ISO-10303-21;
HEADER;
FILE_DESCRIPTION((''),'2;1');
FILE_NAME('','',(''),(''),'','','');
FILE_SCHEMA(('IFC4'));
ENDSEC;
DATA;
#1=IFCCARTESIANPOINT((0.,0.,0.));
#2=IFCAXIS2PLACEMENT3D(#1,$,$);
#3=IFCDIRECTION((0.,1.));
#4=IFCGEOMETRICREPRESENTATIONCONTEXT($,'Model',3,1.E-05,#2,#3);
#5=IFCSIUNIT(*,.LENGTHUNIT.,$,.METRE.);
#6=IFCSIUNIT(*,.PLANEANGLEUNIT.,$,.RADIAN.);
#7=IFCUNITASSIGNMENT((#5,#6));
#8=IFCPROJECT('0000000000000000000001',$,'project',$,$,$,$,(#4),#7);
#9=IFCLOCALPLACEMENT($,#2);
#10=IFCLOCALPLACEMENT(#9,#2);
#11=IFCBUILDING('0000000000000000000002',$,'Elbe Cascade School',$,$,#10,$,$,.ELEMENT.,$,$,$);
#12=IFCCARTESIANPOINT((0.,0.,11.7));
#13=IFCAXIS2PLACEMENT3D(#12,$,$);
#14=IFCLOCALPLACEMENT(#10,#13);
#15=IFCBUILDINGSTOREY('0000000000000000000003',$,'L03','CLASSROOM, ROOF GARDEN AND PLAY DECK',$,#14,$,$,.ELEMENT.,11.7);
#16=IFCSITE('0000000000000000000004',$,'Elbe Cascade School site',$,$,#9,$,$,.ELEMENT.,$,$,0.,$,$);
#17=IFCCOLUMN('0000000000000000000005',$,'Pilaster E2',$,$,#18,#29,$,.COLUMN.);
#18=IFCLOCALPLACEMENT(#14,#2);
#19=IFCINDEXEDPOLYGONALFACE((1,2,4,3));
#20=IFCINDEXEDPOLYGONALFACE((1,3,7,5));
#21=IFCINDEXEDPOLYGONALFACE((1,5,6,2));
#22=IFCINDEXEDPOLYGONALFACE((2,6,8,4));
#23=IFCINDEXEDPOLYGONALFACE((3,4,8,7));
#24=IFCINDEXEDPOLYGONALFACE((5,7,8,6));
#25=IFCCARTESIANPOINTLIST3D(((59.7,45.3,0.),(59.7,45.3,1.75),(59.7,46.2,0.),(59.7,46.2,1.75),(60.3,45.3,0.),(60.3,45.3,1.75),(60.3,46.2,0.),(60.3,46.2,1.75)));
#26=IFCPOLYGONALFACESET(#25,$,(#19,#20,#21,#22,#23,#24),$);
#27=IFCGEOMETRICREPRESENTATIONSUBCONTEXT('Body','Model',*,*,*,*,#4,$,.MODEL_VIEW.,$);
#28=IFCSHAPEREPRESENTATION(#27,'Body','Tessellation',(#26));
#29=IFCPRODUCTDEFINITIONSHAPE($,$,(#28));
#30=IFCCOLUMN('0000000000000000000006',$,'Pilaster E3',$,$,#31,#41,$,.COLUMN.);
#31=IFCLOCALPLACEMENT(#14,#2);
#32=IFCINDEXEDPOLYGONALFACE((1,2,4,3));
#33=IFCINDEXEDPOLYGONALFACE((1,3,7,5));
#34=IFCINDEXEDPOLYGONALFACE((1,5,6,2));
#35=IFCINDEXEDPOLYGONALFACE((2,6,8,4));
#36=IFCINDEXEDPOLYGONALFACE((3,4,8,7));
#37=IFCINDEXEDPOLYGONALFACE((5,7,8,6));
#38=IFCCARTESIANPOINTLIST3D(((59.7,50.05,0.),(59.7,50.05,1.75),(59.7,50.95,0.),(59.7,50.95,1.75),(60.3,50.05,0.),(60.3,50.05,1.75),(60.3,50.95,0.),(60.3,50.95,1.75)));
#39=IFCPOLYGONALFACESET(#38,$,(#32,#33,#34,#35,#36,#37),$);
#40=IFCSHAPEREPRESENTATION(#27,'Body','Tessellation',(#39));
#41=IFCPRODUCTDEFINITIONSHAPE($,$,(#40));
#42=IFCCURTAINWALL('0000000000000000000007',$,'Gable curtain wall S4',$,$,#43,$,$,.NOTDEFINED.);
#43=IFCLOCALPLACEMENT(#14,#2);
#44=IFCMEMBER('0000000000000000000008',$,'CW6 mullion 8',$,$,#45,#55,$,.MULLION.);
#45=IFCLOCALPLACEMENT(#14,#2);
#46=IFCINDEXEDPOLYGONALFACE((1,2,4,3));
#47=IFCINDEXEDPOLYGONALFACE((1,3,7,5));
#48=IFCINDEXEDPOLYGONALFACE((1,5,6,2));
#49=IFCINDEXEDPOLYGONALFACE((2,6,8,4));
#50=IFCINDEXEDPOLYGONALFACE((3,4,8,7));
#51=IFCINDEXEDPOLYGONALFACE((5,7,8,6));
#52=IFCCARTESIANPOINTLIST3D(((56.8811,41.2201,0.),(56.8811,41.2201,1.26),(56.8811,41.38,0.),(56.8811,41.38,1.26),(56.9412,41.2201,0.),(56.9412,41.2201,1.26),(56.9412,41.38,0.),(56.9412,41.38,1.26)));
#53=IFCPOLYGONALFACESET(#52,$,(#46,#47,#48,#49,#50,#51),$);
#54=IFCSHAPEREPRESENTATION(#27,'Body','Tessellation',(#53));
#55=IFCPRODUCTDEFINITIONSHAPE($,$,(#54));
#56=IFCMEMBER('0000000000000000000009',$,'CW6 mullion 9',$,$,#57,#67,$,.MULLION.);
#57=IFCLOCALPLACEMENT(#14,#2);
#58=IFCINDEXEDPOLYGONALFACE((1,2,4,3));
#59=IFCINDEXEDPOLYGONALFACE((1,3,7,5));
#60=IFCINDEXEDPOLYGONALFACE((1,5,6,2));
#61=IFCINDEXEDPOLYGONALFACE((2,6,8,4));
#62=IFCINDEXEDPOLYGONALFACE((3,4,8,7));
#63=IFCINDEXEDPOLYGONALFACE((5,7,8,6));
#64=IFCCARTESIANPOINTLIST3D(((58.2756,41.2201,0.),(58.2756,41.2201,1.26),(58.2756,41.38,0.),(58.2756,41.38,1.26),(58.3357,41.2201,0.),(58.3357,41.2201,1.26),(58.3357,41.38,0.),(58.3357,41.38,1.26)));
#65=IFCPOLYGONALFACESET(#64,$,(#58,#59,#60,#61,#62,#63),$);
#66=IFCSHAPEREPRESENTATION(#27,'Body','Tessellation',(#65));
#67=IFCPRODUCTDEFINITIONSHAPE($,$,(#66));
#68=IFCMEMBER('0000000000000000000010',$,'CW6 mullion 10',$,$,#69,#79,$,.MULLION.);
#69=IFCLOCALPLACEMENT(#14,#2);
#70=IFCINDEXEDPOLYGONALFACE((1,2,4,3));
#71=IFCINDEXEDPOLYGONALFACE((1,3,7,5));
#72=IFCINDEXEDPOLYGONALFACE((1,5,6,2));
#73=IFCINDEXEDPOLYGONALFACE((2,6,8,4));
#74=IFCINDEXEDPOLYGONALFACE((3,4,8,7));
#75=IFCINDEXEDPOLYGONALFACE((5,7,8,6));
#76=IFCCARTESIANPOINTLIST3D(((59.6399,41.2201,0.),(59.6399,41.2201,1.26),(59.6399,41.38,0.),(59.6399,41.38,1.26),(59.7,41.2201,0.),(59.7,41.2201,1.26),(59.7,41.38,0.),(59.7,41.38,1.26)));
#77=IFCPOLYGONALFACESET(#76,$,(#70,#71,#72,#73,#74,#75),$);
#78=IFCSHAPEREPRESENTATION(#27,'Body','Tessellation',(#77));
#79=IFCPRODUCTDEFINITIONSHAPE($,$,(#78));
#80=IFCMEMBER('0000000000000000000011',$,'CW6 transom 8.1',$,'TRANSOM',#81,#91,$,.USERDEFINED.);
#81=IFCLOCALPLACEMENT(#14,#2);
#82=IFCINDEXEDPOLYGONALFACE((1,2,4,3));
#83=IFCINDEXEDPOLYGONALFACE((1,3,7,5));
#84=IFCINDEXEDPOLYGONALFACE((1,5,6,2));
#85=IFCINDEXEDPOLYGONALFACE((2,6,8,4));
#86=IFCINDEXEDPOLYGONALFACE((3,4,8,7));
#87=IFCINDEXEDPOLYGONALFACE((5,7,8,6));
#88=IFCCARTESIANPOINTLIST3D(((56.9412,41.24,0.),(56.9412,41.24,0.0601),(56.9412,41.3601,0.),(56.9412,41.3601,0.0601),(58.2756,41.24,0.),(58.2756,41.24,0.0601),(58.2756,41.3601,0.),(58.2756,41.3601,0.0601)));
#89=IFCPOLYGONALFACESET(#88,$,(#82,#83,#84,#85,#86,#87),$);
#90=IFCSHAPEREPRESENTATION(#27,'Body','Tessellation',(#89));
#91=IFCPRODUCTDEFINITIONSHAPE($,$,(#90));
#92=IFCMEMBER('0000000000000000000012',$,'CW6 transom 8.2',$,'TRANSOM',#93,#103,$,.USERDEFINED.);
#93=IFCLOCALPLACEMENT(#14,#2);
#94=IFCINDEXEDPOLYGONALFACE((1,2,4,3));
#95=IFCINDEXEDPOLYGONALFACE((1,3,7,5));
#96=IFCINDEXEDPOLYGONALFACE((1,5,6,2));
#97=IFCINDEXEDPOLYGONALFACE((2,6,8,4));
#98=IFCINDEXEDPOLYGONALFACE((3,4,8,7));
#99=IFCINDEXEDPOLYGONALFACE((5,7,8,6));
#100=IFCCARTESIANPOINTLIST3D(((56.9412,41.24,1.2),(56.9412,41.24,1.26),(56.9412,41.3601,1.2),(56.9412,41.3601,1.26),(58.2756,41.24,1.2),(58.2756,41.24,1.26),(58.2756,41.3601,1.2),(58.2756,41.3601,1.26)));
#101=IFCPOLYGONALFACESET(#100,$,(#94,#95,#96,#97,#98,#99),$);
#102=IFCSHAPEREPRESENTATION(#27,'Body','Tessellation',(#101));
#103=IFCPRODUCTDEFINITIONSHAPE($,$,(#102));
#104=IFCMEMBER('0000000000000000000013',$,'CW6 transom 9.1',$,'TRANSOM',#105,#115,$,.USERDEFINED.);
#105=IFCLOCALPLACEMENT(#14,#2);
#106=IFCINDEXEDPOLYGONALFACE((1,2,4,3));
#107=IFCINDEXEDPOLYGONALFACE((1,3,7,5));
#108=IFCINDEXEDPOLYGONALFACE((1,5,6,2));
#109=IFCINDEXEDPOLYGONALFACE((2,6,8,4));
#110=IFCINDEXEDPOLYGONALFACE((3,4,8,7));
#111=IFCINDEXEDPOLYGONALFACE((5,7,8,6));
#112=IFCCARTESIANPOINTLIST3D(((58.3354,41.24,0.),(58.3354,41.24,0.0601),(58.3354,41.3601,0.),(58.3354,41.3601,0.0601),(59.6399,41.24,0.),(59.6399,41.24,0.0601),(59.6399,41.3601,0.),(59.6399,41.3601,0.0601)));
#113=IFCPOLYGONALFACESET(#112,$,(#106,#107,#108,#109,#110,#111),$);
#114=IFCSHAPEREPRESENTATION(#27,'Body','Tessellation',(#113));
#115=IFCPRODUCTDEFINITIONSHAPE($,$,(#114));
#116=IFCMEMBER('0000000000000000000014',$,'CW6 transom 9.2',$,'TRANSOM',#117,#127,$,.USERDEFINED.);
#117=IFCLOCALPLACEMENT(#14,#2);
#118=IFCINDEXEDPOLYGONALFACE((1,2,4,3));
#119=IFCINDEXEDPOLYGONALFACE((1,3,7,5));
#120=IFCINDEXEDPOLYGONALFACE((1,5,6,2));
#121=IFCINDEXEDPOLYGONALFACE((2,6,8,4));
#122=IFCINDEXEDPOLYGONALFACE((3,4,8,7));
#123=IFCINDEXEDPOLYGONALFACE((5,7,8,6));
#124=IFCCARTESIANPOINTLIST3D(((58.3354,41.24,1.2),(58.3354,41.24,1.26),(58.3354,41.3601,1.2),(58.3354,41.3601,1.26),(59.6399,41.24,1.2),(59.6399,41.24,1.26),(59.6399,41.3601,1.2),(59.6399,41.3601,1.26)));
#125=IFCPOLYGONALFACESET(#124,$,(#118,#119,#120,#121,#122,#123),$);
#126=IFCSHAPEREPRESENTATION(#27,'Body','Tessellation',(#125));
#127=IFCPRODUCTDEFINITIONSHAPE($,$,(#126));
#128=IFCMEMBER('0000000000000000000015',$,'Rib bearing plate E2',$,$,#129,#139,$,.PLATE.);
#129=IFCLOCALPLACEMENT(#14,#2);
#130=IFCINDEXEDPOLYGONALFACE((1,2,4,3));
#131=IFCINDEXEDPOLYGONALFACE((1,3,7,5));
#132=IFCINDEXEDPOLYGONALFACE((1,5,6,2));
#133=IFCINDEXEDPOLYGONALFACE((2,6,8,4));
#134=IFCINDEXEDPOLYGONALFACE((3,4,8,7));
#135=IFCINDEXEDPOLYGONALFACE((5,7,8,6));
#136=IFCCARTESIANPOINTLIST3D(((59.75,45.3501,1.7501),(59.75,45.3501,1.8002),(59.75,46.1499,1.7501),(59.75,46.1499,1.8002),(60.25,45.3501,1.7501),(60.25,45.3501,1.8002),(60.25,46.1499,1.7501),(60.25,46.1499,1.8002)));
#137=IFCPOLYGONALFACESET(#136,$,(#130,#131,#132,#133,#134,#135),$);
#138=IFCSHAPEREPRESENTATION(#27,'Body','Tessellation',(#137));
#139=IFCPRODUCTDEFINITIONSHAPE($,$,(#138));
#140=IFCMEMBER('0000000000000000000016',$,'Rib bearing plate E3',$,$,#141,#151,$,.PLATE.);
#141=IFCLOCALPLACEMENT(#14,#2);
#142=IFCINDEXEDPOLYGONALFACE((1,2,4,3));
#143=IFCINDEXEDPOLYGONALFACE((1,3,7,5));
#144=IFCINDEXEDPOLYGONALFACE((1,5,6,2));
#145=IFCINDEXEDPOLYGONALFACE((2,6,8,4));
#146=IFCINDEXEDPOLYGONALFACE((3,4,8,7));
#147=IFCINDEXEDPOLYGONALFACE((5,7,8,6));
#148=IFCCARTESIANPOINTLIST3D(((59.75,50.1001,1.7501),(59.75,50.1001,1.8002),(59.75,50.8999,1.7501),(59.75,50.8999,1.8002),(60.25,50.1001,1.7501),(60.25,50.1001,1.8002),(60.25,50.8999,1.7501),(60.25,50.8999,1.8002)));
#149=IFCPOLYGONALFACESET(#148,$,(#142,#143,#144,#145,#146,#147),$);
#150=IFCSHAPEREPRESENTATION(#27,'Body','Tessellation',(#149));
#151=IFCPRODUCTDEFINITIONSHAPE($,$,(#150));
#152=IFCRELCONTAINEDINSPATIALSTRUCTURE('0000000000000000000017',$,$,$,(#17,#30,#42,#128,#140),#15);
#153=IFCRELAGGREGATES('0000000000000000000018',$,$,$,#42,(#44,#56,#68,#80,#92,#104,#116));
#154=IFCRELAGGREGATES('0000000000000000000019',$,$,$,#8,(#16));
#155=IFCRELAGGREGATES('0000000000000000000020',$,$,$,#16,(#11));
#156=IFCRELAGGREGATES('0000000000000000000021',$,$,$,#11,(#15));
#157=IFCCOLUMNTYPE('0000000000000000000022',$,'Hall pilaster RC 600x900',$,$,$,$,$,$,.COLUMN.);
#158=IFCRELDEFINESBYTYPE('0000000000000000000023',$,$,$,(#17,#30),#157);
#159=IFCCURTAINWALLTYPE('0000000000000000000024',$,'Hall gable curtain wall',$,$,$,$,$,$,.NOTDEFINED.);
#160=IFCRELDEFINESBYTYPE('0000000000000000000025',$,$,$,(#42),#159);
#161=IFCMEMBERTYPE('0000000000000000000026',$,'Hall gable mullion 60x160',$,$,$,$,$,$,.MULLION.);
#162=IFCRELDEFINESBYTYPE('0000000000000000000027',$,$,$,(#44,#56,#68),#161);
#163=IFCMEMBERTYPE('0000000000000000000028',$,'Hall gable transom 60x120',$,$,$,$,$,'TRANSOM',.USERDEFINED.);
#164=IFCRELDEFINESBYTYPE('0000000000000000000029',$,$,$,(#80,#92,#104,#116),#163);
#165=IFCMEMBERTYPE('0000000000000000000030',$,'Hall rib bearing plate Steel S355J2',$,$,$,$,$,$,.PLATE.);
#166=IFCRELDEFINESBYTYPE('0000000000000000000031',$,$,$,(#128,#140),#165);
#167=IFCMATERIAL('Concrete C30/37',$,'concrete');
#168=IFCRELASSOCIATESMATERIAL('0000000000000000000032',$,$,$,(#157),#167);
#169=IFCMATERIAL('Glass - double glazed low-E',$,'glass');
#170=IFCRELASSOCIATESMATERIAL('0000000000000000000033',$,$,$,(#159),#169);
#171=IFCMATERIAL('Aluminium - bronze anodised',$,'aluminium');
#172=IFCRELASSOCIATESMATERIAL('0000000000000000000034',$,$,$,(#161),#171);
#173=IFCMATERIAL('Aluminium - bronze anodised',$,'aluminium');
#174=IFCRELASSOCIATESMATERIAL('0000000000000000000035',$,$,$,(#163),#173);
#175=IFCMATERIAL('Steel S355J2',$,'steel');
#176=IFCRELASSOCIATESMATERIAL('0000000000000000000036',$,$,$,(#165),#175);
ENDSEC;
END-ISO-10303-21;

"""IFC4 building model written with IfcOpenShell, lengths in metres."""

from ifc_helpers import new_model, si_unit, direction, frame, origin, origin_2d, place, context, subcontext, project, spatial, rectangle, extrude, material, material_profile, profile_set, type_object, element, aggregate, save


model = new_model("IFC4")

# Units and contexts
model_context = context("Model", 3, precision=1e-05, world=origin(), true_north=direction((0.0, 1.0)))
body_context = subcontext(model_context, "Body", "Model", "MODEL_VIEW")
ifc_project = project(units=[si_unit("LENGTHUNIT", "METRE"), si_unit("PLANEANGLEUNIT", "RADIAN")], contexts=[model_context])

# Site, building, storey
site_placement = place(None, origin())
site = spatial("IfcSite", under=ifc_project, at=site_placement, Name="Elbe Cascade School site", CompositionType="ELEMENT", RefElevation=0.0)
building_placement = place(site_placement, origin())
building = spatial("IfcBuilding", under=site, at=building_placement, Name="Elbe Cascade School", CompositionType="ELEMENT")
storey_placement = place(building_placement, frame((0.0, 0.0, 11.7)))
storey = spatial("IfcBuildingStorey", under=building, at=storey_placement, Name="L03", Description="CLASSROOM, ROOF GARDEN AND PLAY DECK", CompositionType="ELEMENT", Elevation=11.7)

# Columns
ifc_material_1 = material(Name="Concrete C30/37", Category="concrete")
ifc_material_profile_1 = material_profile(ifc_material_1, rectangle(XDim=0.6001, YDim=0.8999, at=origin_2d()), Name="RC 600x900")
ifc_profile_set_1 = profile_set([ifc_material_profile_1], Name="Concrete C30/37")
column_type = type_object("IfcColumnType", Name="Hall pilaster RC 600x900", PredefinedType="COLUMN", material=ifc_profile_set_1)
for number, where, z_axis, x_axis, name in (
    (1, (60.0, 45.75, 0.0), (0.0, 0.0, 1.0), (1.0, 0.0, 0.0), "Pilaster E2"),
    (2, (60.0, 50.5, 0.0), (0.0, 0.0, 1.0), (1.0, 0.0, 0.0), "Pilaster E3"),
):
    element("IfcColumn", number, at=place(storey_placement, frame(where, z_axis=z_axis, x_axis=x_axis)), inside=storey, type_object=column_type, Name=name, PredefinedType="COLUMN", context=body_context, shape_type="SweptSolid", body=[
        extrude(rectangle(XDim=0.6001, YDim=0.8999, at=origin_2d()), origin(), (0.0, 0.0, 1.0), 1.75),
    ])

# Curtain wall, members
ifc_material_2 = material(Name="Glass - double glazed low-E", Category="glass")
curtain_wall_type = type_object("IfcCurtainWallType", Name="Hall gable curtain wall", PredefinedType="NOTDEFINED", material=ifc_material_2)
curtain_wall_placement = place(storey_placement, origin())
curtain_wall = element("IfcCurtainWall", 3, at=curtain_wall_placement, inside=storey, type_object=curtain_wall_type, Name="Gable curtain wall S4", PredefinedType="NOTDEFINED")
ifc_material_3 = material(Name="Aluminium - bronze anodised", Category="aluminium")
ifc_material_profile_2 = material_profile(ifc_material_3, rectangle(XDim=0.1599, YDim=0.0601, at=origin_2d()), Name="Alu 60x160")
ifc_profile_set_2 = profile_set([ifc_material_profile_2], Name="Aluminium - bronze anodised")
member_type_1 = type_object("IfcMemberType", Name="Hall gable mullion 60x160", PredefinedType="MULLION", material=ifc_profile_set_2)
member_1_placement = place(storey_placement, frame((56.9111, 41.3, 0.0), z_axis=(0.0, 0.0, 1.0), x_axis=(0.0, 1.0, 0.0)))
member_1 = element("IfcMember", 4, at=member_1_placement, type_object=member_type_1, Name="CW6 mullion 8", PredefinedType="MULLION", context=body_context, shape_type="SweptSolid", body=[
    extrude(rectangle(XDim=0.1599, YDim=0.0601, at=origin_2d()), origin(), (0.0, 0.0, 1.0), 1.26),
])
member_2_placement = place(storey_placement, frame((58.3057, 41.3, 0.0), z_axis=(0.0, 0.0, 1.0), x_axis=(0.0, 1.0, 0.0)))
member_2 = element("IfcMember", 5, at=member_2_placement, type_object=member_type_1, Name="CW6 mullion 9", PredefinedType="MULLION", context=body_context, shape_type="SweptSolid", body=[
    extrude(rectangle(XDim=0.1599, YDim=0.0601, at=origin_2d()), origin(), (0.0, 0.0, 1.0), 1.26),
])
member_3_placement = place(storey_placement, frame((59.6699, 41.3, 0.0), z_axis=(0.0, 0.0, 1.0), x_axis=(0.0, 1.0, 0.0)))
member_3 = element("IfcMember", 6, at=member_3_placement, type_object=member_type_1, Name="CW6 mullion 10", PredefinedType="MULLION", context=body_context, shape_type="SweptSolid", body=[
    extrude(rectangle(XDim=0.1599, YDim=0.0601, at=origin_2d()), origin(), (0.0, 0.0, 1.0), 1.26),
])
ifc_material_4 = material(Name="Aluminium - bronze anodised", Category="aluminium")
ifc_material_profile_3 = material_profile(ifc_material_4, rectangle(XDim=0.1201, YDim=0.0601, at=origin_2d()), Name="Alu 60x120")
ifc_profile_set_3 = profile_set([ifc_material_profile_3], Name="Aluminium - bronze anodised")
member_type_2 = type_object("IfcMemberType", Name="Hall gable transom 60x120", ElementType="TRANSOM", PredefinedType="USERDEFINED", material=ifc_profile_set_3)
member_4_placement = place(storey_placement, frame((56.9412, 41.3, 0.03), z_axis=(1.0, 0.0, 0.0), x_axis=(0.0, 1.0, 0.0)))
member_4 = element("IfcMember", 7, at=member_4_placement, type_object=member_type_2, Name="CW6 transom 8.1", ObjectType="TRANSOM", PredefinedType="USERDEFINED", context=body_context, shape_type="SweptSolid", body=[
    extrude(rectangle(XDim=0.1201, YDim=0.0601, at=origin_2d()), origin(), (0.0, 0.0, 1.0), 1.3345),
])
member_5_placement = place(storey_placement, frame((56.9412, 41.3, 1.23), z_axis=(1.0, 0.0, 0.0), x_axis=(0.0, 1.0, 0.0)))
member_5 = element("IfcMember", 8, at=member_5_placement, type_object=member_type_2, Name="CW6 transom 8.2", ObjectType="TRANSOM", PredefinedType="USERDEFINED", context=body_context, shape_type="SweptSolid", body=[
    extrude(rectangle(XDim=0.1201, YDim=0.0601, at=origin_2d()), origin(), (0.0, 0.0, 1.0), 1.3345),
])
member_6_placement = place(storey_placement, frame((58.3354, 41.3, 0.03), z_axis=(1.0, 0.0, 0.0), x_axis=(0.0, 1.0, 0.0)))
member_6 = element("IfcMember", 9, at=member_6_placement, type_object=member_type_2, Name="CW6 transom 9.1", ObjectType="TRANSOM", PredefinedType="USERDEFINED", context=body_context, shape_type="SweptSolid", body=[
    extrude(rectangle(XDim=0.1201, YDim=0.0601, at=origin_2d()), origin(), (0.0, 0.0, 1.0), 1.3044),
])
member_7_placement = place(storey_placement, frame((58.3354, 41.3, 1.23), z_axis=(1.0, 0.0, 0.0), x_axis=(0.0, 1.0, 0.0)))
member_7 = element("IfcMember", 10, at=member_7_placement, type_object=member_type_2, Name="CW6 transom 9.2", ObjectType="TRANSOM", PredefinedType="USERDEFINED", context=body_context, shape_type="SweptSolid", body=[
    extrude(rectangle(XDim=0.1201, YDim=0.0601, at=origin_2d()), origin(), (0.0, 0.0, 1.0), 1.3044),
])

# Members
ifc_material_5 = material(Name="Steel S355J2", Category="steel")
ifc_material_profile_4 = material_profile(ifc_material_5, rectangle(XDim=0.5, YDim=0.05, at=origin_2d()), Name="PL 500x50")
ifc_profile_set_4 = profile_set([ifc_material_profile_4], Name="Steel S355J2")
member_type_3 = type_object("IfcMemberType", Name="Hall rib bearing plate Steel S355J2", PredefinedType="PLATE", material=ifc_profile_set_4)
for number, where, z_axis, x_axis, name in (
    (11, (60.0, 45.3501, 1.7751), (0.0, 1.0, 0.0), (-1.0, 0.0, 0.0), "Rib bearing plate E2"),
    (12, (60.0, 50.1001, 1.7751), (0.0, 1.0, 0.0), (-1.0, 0.0, 0.0), "Rib bearing plate E3"),
):
    element("IfcMember", number, at=place(storey_placement, frame(where, z_axis=z_axis, x_axis=x_axis)), inside=storey, type_object=member_type_3, Name=name, PredefinedType="PLATE", context=body_context, shape_type="SweptSolid", body=[
        extrude(rectangle(XDim=0.5, YDim=0.05, at=origin_2d()), origin(), (0.0, 0.0, 1.0), 0.7998),
    ])

aggregate(curtain_wall, [member_1, member_2, member_3, member_4, member_5, member_6, member_7])

save(model, "model.ifc")
